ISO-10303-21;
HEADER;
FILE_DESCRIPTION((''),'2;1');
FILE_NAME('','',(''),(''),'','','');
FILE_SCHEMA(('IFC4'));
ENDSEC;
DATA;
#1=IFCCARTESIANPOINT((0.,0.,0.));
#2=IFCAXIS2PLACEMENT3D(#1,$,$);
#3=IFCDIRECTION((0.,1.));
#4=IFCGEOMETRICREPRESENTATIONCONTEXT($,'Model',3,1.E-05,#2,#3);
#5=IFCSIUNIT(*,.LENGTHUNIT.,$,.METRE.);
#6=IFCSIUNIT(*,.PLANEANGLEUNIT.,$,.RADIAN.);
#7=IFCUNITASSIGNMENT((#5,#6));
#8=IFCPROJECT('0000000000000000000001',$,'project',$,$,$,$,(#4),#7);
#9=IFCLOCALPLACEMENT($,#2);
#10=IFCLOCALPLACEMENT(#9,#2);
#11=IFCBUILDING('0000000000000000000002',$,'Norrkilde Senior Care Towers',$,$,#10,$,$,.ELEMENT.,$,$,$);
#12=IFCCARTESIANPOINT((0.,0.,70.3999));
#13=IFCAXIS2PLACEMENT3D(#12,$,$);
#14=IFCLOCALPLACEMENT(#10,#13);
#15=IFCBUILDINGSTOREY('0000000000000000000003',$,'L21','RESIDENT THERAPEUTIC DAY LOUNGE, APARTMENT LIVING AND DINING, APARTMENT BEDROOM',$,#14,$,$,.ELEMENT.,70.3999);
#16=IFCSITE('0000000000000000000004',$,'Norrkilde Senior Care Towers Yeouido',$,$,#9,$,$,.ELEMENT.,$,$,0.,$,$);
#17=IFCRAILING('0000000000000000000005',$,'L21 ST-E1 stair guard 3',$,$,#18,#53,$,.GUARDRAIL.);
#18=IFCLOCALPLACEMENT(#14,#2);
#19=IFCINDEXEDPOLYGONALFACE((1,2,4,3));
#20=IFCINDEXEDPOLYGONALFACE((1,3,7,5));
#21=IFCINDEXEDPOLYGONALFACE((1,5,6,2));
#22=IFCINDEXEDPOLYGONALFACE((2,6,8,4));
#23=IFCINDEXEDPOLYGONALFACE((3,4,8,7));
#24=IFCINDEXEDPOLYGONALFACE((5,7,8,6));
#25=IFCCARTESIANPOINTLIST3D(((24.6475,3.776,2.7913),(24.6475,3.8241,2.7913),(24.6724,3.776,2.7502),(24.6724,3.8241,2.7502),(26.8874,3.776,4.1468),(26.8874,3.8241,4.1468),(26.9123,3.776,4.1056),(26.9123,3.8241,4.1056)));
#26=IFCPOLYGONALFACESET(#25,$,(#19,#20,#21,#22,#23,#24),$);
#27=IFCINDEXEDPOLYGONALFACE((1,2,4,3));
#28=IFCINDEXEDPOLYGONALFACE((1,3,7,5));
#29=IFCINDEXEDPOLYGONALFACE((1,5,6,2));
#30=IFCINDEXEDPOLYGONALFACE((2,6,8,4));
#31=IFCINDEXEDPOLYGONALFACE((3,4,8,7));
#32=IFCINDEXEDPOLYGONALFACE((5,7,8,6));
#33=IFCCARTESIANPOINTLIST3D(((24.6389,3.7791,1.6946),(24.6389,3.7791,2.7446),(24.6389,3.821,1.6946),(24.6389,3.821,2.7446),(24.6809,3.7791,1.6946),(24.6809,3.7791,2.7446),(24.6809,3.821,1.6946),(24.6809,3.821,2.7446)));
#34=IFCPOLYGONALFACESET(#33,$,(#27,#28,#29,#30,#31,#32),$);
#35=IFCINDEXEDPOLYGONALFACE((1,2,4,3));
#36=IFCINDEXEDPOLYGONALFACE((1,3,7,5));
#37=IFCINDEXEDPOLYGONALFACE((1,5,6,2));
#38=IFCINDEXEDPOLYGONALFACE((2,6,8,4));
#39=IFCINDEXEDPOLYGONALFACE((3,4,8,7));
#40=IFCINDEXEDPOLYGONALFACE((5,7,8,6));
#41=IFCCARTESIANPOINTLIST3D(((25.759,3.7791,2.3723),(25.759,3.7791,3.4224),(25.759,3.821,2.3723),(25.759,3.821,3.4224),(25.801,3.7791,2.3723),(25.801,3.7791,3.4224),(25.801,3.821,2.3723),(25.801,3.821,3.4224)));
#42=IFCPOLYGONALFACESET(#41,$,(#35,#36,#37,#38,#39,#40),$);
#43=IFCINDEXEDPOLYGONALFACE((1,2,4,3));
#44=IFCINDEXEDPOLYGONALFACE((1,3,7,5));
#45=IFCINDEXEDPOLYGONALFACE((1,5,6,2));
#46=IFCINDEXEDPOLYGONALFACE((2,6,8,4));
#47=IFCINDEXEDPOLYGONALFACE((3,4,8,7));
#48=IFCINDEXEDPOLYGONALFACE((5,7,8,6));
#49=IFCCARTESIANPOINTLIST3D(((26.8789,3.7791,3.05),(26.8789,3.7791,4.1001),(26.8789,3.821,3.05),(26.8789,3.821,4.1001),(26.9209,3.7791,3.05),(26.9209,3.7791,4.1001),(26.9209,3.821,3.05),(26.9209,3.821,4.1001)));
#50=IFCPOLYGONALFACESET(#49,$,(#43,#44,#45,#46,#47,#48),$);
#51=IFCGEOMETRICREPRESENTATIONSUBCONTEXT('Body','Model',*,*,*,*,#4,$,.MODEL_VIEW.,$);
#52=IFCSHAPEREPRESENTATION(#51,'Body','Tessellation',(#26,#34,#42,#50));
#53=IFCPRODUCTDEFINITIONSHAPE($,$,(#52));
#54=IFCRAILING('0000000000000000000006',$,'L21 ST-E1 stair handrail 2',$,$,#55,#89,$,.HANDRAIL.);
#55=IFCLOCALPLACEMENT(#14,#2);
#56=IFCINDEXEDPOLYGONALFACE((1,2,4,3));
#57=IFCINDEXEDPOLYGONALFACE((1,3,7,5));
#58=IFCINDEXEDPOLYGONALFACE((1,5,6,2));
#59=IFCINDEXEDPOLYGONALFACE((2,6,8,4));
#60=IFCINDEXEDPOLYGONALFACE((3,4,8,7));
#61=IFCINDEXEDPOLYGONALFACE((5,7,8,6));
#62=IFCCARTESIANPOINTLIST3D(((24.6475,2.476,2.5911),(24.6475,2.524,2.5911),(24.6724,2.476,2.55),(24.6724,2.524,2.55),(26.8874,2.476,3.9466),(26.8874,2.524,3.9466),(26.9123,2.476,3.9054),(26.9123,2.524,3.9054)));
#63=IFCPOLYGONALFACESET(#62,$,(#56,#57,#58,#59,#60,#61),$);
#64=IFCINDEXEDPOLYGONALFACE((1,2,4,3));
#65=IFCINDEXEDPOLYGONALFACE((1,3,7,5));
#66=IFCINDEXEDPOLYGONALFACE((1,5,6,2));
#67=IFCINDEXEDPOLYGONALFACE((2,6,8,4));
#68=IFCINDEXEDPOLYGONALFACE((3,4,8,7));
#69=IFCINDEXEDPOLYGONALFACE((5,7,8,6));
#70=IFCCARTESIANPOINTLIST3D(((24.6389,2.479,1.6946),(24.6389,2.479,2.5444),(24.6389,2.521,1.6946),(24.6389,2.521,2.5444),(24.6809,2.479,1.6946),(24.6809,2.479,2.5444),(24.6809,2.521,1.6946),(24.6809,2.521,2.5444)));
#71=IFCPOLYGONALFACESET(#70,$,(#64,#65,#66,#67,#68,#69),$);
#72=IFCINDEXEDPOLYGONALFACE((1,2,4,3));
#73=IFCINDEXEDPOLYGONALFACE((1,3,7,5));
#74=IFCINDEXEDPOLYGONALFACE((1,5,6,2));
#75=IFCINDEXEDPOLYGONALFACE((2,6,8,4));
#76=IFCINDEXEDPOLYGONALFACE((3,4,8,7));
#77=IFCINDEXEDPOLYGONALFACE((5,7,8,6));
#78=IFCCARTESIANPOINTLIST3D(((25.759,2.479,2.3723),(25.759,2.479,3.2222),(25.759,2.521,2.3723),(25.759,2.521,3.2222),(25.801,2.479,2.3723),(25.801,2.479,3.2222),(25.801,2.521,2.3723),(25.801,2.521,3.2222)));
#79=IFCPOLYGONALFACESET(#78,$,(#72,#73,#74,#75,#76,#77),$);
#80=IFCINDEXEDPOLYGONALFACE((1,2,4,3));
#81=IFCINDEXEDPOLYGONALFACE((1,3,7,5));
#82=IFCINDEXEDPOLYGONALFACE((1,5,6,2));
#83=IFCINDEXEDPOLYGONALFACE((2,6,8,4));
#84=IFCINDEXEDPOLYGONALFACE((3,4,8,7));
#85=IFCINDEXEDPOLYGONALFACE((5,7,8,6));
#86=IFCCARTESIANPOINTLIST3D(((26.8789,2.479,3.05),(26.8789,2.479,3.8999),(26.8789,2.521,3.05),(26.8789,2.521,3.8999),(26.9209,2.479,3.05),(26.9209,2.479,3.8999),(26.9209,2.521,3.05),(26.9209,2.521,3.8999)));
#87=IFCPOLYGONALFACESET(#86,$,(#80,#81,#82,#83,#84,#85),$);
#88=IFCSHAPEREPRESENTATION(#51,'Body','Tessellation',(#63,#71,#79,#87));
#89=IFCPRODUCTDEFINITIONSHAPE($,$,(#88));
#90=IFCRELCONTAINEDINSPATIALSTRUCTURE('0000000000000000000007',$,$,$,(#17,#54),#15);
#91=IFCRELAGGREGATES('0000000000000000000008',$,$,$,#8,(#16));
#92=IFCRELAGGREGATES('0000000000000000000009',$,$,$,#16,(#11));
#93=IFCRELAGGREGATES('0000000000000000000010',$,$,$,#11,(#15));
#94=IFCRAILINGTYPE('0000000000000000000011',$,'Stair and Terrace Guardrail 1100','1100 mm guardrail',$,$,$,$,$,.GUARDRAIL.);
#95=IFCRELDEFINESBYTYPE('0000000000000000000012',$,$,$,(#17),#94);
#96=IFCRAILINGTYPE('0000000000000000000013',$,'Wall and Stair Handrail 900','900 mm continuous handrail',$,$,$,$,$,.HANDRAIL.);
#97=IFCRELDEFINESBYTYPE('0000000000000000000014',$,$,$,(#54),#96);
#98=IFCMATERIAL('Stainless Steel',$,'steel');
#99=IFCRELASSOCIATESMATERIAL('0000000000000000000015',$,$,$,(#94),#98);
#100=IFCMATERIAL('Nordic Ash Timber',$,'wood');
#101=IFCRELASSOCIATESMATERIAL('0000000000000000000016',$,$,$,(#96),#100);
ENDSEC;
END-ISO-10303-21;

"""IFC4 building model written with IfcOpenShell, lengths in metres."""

from ifc_helpers import new_model, si_unit, direction, frame, origin, origin_2d, place, context, subcontext, project, spatial, rectangle, extrude, material, type_object, element, save


model = new_model("IFC4")

# Units and contexts
model_context = context("Model", 3, precision=1e-05, world=origin(), true_north=direction((0.0, 1.0)))
body_context = subcontext(model_context, "Body", "Model", "MODEL_VIEW")
ifc_project = project(units=[si_unit("LENGTHUNIT", "METRE"), si_unit("PLANEANGLEUNIT", "RADIAN")], contexts=[model_context])

# Site, building, storey
site_placement = place(None, origin())
site = spatial("IfcSite", under=ifc_project, at=site_placement, Name="Norrkilde Senior Care Towers Yeouido", CompositionType="ELEMENT", RefElevation=0.0)
building_placement = place(site_placement, origin())
building = spatial("IfcBuilding", under=site, at=building_placement, Name="Norrkilde Senior Care Towers", CompositionType="ELEMENT")
storey_placement = place(building_placement, frame((0.0, 0.0, 70.3999)))
storey = spatial("IfcBuildingStorey", under=building, at=storey_placement, Name="L21", Description="RESIDENT THERAPEUTIC DAY LOUNGE, APARTMENT LIVING AND DINING, APARTMENT BEDROOM", CompositionType="ELEMENT", Elevation=70.3999)

# Shared definitions
ifc_material_1 = material(Name="Stainless Steel", Category="steel")

# Shared definitions
ifc_material_2 = material(Name="Nordic Ash Timber", Category="wood")

# Railings
railing_type_1 = type_object("IfcRailingType", Name="Stair and Terrace Guardrail 1100", Description="1100 mm guardrail", PredefinedType="GUARDRAIL", material=ifc_material_1)
railing_1_placement = place(storey_placement, frame((24.6599, 3.8, 1.6946)))
element("IfcRailing", 1, at=railing_1_placement, inside=storey, type_object=railing_type_1, Name="L21 ST-E1 stair guard 3", PredefinedType="GUARDRAIL", context=body_context, shape_type="SweptSolid", body=[
    extrude(rectangle(XDim=0.0481, YDim=0.0481, at=origin_2d()), frame((0.0, 0.0, 1.0762), z_axis=(0.855553, 0.0, 0.517715), x_axis=(0.0, 1.0, 0.0)), (0.0, 0.0, 1.0), 2.6182),
    extrude(rectangle(XDim=0.042, YDim=0.042, at=origin_2d()), origin(), (0.0, 0.0, 1.0), 1.05),
    extrude(rectangle(XDim=0.042, YDim=0.042, at=origin_2d()), frame((1.1201, 0.0, 0.6777)), (0.0, 0.0, 1.0), 1.05),
    extrude(rectangle(XDim=0.042, YDim=0.042, at=origin_2d()), frame((2.24, 0.0, 1.3555)), (0.0, 0.0, 1.0), 1.05),
])
railing_type_2 = type_object("IfcRailingType", Name="Wall and Stair Handrail 900", Description="900 mm continuous handrail", PredefinedType="HANDRAIL", material=ifc_material_2)
railing_2_placement = place(storey_placement, frame((24.6599, 2.5, 1.6946)))
element("IfcRailing", 2, at=railing_2_placement, inside=storey, type_object=railing_type_2, Name="L21 ST-E1 stair handrail 2", PredefinedType="HANDRAIL", context=body_context, shape_type="SweptSolid", body=[
    extrude(rectangle(XDim=0.0481, YDim=0.0481, at=origin_2d()), frame((0.0, 0.0, 0.876), z_axis=(0.855553, 0.0, 0.517715), x_axis=(0.0, 1.0, 0.0)), (0.0, 0.0, 1.0), 2.6182),
    extrude(rectangle(XDim=0.042, YDim=0.042, at=origin_2d()), origin(), (0.0, 0.0, 1.0), 0.8499),
    extrude(rectangle(XDim=0.042, YDim=0.042, at=origin_2d()), frame((1.1201, 0.0, 0.6777)), (0.0, 0.0, 1.0), 0.8499),
    extrude(rectangle(XDim=0.042, YDim=0.042, at=origin_2d()), frame((2.24, 0.0, 1.3555)), (0.0, 0.0, 1.0), 0.8499),
])

save(model, "model.ifc")
